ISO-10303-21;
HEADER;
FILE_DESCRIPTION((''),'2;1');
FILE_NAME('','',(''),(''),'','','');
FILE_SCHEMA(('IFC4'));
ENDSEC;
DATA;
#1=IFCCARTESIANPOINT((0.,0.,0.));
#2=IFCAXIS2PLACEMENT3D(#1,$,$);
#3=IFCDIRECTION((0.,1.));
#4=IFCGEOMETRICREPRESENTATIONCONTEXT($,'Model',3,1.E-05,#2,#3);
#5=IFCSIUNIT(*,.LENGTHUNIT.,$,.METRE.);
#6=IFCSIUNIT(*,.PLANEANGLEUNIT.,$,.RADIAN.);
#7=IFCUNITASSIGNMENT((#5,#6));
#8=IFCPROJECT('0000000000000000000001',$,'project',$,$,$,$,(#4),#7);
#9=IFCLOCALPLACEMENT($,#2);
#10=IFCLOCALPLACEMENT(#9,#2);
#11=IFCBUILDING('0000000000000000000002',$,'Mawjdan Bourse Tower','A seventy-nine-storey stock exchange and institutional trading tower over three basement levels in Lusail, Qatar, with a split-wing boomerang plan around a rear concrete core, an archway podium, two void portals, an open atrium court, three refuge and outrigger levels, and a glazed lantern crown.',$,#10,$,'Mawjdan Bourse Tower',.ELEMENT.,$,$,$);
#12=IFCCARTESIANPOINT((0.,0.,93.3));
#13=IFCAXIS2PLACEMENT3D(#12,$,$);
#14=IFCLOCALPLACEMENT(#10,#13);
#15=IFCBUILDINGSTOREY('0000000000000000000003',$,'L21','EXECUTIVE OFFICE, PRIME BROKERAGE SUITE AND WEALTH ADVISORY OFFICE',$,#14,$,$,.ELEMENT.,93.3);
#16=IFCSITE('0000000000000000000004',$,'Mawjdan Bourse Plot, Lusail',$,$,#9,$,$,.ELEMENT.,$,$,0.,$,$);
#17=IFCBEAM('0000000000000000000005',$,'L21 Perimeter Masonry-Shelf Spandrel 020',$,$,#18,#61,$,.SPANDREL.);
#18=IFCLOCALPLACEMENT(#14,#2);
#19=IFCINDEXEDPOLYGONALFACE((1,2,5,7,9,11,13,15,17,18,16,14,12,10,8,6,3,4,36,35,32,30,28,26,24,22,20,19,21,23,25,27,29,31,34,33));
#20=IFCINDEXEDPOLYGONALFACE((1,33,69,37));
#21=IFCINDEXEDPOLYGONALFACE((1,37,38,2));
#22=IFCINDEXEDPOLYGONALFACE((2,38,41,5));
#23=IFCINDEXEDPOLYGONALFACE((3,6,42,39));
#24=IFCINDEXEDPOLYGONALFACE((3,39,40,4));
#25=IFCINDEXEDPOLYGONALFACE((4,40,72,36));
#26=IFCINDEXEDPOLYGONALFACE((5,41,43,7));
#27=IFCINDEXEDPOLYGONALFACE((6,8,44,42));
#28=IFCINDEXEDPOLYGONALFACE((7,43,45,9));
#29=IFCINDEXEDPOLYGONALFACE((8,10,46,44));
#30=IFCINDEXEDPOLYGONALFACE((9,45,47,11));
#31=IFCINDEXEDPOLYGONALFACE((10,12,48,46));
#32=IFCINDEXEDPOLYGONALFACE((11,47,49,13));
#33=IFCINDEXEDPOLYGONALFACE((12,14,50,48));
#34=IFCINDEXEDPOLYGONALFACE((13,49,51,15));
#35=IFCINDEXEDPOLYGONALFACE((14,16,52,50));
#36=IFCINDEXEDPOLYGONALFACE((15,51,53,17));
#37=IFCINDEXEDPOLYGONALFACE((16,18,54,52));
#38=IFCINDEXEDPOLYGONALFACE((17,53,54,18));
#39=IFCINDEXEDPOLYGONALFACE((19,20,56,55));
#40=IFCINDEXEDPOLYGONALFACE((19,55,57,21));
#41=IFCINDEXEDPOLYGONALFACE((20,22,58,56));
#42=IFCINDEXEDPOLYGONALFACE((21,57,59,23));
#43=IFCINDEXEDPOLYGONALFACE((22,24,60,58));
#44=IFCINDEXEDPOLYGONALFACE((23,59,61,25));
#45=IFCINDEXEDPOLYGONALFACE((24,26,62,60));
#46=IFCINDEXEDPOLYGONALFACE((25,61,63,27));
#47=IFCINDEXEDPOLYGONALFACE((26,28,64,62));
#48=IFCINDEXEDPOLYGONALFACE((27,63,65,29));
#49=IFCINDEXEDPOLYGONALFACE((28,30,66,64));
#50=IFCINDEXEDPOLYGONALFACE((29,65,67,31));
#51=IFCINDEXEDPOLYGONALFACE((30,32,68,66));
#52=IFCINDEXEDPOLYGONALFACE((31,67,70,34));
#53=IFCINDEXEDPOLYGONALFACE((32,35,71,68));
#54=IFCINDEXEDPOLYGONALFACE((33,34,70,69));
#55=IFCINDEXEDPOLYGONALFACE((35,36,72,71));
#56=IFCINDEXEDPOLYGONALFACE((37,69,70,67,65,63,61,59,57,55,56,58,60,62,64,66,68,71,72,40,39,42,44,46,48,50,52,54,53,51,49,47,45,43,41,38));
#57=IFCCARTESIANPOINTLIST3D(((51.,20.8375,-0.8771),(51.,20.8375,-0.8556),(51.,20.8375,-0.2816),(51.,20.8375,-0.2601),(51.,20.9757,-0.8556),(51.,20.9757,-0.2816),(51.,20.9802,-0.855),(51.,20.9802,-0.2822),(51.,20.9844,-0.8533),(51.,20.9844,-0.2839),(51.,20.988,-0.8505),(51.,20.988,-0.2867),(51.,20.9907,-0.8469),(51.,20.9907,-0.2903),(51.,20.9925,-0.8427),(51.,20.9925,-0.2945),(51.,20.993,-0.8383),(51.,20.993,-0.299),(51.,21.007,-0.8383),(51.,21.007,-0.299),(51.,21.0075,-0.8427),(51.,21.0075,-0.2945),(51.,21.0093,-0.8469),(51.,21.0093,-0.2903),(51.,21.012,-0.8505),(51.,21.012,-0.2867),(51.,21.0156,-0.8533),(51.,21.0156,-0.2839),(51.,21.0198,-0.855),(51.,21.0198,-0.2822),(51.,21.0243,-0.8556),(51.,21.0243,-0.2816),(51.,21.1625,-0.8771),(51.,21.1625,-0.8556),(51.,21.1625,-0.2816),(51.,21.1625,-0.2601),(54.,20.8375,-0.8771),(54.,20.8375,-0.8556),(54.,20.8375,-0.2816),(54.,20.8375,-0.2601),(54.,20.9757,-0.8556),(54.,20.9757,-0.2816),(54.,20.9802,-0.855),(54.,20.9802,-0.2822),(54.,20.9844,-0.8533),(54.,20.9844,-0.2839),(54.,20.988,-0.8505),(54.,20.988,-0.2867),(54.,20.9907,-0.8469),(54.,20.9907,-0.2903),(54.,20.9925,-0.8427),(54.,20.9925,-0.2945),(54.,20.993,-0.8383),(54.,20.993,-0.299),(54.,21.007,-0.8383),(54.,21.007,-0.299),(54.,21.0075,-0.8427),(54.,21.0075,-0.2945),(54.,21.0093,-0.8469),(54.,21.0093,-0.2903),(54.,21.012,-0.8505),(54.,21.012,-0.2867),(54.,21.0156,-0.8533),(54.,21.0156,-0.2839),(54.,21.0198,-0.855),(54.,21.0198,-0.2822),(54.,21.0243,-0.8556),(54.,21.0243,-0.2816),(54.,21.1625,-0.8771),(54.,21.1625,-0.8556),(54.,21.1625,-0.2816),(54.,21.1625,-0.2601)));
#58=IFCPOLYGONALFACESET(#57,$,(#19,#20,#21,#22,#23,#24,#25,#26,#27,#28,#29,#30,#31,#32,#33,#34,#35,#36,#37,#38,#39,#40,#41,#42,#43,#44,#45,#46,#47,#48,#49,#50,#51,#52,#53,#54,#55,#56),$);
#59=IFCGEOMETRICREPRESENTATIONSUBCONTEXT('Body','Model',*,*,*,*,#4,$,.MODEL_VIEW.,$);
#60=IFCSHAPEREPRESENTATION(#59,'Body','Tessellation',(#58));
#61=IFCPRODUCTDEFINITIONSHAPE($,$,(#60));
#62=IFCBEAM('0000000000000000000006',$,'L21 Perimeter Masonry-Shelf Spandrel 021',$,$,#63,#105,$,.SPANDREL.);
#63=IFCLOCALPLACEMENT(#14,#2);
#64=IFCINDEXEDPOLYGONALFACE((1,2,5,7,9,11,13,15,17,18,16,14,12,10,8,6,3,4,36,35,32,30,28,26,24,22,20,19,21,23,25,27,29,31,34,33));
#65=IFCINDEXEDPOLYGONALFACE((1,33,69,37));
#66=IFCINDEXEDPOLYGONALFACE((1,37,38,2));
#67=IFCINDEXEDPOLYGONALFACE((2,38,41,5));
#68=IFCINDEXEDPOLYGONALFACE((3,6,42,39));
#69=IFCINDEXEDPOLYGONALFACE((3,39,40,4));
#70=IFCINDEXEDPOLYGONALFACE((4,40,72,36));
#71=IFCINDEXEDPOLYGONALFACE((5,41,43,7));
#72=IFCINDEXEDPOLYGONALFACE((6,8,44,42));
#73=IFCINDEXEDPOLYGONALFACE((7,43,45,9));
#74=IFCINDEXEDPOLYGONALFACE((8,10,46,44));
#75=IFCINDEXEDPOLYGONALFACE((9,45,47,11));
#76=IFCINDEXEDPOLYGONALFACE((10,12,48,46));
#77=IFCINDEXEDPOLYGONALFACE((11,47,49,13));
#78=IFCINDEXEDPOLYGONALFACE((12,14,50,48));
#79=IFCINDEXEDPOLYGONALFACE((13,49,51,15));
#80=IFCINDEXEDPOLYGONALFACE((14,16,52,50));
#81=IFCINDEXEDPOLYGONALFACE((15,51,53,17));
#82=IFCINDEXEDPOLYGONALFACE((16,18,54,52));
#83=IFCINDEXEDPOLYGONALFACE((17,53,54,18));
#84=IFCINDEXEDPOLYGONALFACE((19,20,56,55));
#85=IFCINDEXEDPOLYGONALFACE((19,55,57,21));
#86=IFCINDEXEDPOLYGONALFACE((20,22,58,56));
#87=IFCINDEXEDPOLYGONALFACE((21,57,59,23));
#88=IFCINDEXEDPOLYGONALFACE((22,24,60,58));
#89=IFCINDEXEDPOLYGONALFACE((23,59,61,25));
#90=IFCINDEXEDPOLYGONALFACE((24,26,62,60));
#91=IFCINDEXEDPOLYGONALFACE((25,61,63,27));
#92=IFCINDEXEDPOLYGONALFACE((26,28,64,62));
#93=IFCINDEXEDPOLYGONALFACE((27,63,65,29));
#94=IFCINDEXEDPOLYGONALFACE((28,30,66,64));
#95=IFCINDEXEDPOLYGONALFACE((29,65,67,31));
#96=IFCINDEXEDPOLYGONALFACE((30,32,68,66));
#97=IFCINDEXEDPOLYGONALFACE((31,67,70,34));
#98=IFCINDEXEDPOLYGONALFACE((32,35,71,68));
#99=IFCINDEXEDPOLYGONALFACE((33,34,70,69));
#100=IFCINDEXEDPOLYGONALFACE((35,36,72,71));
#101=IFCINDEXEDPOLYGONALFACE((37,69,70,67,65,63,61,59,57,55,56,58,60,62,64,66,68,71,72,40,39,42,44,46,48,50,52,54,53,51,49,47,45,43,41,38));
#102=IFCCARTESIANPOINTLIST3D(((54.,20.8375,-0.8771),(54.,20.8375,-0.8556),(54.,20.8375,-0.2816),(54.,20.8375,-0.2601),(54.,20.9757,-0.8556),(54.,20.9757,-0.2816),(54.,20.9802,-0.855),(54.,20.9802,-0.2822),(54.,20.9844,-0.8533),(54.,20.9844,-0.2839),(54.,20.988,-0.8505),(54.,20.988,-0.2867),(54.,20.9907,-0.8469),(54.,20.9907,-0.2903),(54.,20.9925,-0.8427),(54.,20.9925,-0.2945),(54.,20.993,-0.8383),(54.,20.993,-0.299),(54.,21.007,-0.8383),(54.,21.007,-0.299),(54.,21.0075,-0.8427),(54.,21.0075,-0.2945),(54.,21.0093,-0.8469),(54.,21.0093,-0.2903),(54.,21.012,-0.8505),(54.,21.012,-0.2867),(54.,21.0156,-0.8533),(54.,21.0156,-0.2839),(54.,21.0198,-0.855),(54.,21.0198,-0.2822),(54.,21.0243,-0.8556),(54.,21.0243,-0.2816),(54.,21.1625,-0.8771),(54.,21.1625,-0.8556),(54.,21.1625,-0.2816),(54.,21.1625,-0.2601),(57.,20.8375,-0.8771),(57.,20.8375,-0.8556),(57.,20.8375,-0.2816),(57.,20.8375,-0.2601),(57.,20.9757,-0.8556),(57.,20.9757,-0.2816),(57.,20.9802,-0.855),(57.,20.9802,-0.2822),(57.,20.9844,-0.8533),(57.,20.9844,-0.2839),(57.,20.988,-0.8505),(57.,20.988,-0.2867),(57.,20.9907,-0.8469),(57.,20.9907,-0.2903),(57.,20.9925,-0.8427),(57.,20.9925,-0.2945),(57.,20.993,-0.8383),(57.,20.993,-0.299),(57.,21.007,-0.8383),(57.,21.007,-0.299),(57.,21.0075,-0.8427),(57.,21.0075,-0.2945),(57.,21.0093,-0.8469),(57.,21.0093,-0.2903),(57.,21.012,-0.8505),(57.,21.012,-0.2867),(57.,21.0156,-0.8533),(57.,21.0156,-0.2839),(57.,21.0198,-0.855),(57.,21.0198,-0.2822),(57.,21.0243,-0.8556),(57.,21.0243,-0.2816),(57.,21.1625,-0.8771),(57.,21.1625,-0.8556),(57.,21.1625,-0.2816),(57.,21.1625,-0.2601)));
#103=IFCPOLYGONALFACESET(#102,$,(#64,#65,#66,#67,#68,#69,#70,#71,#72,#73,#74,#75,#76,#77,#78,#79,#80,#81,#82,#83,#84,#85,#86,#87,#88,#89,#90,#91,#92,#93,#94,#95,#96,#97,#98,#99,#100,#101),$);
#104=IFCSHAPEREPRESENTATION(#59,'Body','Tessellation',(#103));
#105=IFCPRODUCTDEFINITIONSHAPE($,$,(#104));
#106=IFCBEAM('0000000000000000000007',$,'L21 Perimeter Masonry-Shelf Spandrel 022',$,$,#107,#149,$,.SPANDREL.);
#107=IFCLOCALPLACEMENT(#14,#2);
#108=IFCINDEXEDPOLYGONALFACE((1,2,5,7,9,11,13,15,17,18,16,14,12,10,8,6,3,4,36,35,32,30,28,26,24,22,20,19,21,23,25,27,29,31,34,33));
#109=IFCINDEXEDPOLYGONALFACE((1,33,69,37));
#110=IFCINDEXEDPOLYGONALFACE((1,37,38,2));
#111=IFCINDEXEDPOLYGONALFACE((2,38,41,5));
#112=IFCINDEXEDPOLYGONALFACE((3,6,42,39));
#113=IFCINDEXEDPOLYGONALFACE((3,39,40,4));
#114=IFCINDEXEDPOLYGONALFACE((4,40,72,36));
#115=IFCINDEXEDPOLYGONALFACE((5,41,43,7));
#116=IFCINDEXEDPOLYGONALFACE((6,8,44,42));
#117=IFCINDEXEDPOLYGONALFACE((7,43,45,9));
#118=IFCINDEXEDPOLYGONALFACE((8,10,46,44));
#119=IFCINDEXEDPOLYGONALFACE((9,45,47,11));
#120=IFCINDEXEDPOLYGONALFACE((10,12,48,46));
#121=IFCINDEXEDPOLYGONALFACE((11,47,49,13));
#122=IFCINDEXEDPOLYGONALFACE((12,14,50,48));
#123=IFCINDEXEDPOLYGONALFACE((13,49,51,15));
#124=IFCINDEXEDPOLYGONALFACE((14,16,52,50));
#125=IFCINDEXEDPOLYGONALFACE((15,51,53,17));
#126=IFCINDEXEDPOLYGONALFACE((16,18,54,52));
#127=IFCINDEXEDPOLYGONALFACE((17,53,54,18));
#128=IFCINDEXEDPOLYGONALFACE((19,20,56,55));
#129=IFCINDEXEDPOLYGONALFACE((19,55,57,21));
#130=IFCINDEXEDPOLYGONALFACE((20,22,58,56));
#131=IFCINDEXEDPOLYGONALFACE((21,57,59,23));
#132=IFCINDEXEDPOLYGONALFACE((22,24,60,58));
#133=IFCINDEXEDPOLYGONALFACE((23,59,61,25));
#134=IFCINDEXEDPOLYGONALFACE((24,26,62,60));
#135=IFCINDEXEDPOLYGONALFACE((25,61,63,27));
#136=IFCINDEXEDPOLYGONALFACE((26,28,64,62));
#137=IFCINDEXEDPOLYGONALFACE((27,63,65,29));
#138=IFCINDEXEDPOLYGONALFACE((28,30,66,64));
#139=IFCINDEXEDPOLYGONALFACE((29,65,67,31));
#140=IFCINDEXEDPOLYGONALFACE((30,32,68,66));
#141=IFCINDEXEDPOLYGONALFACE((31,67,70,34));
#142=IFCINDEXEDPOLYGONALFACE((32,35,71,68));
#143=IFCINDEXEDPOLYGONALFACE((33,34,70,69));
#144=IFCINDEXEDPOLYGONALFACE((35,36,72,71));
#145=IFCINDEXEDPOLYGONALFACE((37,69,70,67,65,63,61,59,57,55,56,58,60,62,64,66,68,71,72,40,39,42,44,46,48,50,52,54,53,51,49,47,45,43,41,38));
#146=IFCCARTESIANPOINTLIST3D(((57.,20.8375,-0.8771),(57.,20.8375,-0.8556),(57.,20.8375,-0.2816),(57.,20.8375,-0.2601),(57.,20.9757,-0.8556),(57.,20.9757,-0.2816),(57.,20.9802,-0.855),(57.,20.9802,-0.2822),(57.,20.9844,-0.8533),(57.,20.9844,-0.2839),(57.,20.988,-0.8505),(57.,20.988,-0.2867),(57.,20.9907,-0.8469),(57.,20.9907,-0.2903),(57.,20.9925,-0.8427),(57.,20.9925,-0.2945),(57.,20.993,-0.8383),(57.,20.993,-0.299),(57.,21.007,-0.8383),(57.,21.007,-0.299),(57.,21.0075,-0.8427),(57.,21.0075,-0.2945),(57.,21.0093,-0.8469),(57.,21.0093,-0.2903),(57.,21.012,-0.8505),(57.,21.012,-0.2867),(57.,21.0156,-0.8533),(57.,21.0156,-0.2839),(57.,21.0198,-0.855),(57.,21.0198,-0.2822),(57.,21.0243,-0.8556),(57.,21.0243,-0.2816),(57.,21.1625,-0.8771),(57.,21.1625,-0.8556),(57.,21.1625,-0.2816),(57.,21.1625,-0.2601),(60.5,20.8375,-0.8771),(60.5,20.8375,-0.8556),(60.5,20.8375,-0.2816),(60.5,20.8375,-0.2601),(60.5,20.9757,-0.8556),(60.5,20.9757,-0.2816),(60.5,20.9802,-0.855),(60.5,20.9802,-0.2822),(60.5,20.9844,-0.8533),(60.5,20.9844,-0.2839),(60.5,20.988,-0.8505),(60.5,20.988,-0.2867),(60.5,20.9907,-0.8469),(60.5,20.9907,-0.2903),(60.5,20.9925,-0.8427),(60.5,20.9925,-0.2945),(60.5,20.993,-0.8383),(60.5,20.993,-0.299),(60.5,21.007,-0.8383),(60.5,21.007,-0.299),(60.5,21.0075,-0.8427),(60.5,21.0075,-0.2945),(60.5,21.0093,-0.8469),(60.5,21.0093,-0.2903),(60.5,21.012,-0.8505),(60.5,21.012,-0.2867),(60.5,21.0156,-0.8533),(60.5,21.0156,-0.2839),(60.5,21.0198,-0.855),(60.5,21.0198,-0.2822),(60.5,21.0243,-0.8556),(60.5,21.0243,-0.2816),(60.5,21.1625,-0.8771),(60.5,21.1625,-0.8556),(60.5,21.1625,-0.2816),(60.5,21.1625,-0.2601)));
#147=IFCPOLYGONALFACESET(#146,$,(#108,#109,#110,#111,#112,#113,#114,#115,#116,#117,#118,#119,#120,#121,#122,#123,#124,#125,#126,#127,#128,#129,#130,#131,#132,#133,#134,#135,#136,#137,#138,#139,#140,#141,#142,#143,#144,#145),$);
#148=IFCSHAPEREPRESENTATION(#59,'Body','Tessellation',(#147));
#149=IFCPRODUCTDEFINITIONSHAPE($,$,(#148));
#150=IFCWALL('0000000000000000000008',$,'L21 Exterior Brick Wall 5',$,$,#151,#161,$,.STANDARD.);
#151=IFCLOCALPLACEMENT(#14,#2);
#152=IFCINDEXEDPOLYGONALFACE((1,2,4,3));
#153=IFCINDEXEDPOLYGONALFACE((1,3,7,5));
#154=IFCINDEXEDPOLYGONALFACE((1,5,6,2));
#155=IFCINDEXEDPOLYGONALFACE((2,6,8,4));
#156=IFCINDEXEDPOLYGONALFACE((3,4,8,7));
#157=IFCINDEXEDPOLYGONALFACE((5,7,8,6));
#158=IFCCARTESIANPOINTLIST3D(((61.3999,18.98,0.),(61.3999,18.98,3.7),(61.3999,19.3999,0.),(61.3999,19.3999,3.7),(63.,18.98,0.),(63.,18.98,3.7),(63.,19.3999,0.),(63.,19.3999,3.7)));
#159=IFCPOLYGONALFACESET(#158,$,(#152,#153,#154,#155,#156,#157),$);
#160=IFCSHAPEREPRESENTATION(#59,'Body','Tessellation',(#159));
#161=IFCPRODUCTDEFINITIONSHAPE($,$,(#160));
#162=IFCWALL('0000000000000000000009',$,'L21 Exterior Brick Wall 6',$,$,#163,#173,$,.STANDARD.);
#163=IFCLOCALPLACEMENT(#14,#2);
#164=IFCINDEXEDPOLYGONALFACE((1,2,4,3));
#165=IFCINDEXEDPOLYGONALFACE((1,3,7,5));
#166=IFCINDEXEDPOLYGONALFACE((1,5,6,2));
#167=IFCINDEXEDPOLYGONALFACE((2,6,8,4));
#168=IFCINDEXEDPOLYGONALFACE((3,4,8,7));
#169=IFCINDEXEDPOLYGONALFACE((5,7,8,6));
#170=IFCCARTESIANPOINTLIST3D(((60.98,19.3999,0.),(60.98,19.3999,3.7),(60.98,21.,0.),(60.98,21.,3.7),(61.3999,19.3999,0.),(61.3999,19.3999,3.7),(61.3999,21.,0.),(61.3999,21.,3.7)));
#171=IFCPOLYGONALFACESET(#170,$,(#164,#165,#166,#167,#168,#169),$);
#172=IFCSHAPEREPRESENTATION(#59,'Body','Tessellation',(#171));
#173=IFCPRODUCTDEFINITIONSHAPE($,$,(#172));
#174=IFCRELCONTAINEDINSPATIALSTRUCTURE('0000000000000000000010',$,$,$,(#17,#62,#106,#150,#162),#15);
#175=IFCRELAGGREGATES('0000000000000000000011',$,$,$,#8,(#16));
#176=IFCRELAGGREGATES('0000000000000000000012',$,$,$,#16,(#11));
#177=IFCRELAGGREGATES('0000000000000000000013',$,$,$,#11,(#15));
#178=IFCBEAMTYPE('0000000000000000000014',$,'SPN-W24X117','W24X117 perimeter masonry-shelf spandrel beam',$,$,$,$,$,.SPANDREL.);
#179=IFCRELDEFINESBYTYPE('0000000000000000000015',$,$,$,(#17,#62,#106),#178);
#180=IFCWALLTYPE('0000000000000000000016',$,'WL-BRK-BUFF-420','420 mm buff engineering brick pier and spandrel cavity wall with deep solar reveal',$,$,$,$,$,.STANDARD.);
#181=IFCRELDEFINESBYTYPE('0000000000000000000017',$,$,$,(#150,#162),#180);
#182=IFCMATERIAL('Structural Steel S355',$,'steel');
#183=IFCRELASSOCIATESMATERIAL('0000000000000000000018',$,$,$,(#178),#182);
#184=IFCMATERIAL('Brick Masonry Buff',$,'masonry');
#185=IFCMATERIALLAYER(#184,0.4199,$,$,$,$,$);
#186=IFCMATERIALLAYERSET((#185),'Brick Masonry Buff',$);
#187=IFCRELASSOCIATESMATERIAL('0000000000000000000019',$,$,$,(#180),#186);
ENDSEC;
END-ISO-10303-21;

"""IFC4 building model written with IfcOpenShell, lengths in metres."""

from ifc_helpers import new_model, si_unit, direction, frame, frame_2d, origin, origin_2d, place, context, subcontext, project, spatial, rectangle, i_section, extrude, material, layer, layer_set, material_profile, profile_set, type_object, element, save


model = new_model("IFC4")

# Units and contexts
model_context = context("Model", 3, precision=1e-05, world=origin(), true_north=direction((0.0, 1.0)))
body_context = subcontext(model_context, "Body", "Model", "MODEL_VIEW")
ifc_project = project(units=[si_unit("LENGTHUNIT", "METRE"), si_unit("PLANEANGLEUNIT", "RADIAN")], contexts=[model_context])

# Site, building, storey
site_placement = place(None, origin())
site = spatial("IfcSite", under=ifc_project, at=site_placement, Name="Mawjdan Bourse Plot, Lusail", CompositionType="ELEMENT", RefElevation=0.0)
building_placement = place(site_placement, origin())
building = spatial("IfcBuilding", under=site, at=building_placement, Name="Mawjdan Bourse Tower", Description="A seventy-nine-storey stock exchange and institutional trading tower over three basement levels in Lusail, Qatar, with a split-wing boomerang plan around a rear concrete core, an archway podium, two void portals, an open atrium court, three refuge and outrigger levels, and a glazed lantern crown.", LongName="Mawjdan Bourse Tower", CompositionType="ELEMENT")
storey_placement = place(building_placement, frame((0.0, 0.0, 93.3)))
storey = spatial("IfcBuildingStorey", under=building, at=storey_placement, Name="L21", Description="EXECUTIVE OFFICE, PRIME BROKERAGE SUITE AND WEALTH ADVISORY OFFICE", CompositionType="ELEMENT", Elevation=93.3)

# Beams
ifc_material_1 = material(Name="Structural Steel S355", Category="steel")
ifc_material_profile_1 = material_profile(ifc_material_1, i_section(OverallWidth=0.325, OverallDepth=0.6169, WebThickness=0.0139, FlangeThickness=0.0215, FilletRadius=0.0173, at=origin_2d()), Name="W24X117")
ifc_profile_set_1 = profile_set([ifc_material_profile_1], Name="Structural Steel S355")
beam_type_1 = type_object("IfcBeamType", Name="SPN-W24X117", Description="W24X117 perimeter masonry-shelf spandrel beam", PredefinedType="SPANDREL", material=ifc_profile_set_1)
for number, where, z_axis, x_axis, name in (
    (1, (51.0, 21.0, -0.5686), (1.0, 0.0, 0.0), (0.0, 1.0, 0.0), "L21 Perimeter Masonry-Shelf Spandrel 020"),
    (2, (54.0, 21.0, -0.5686), (1.0, 0.0, 0.0), (0.0, 1.0, 0.0), "L21 Perimeter Masonry-Shelf Spandrel 021"),
):
    element("IfcBeam", number, at=place(storey_placement, frame(where, z_axis=z_axis, x_axis=x_axis)), inside=storey, type_object=beam_type_1, Name=name, PredefinedType="SPANDREL", context=body_context, shape_type="SweptSolid", body=[
        extrude(i_section(OverallWidth=0.325, OverallDepth=0.6169, WebThickness=0.0139, FlangeThickness=0.0215, FilletRadius=0.0173, at=origin_2d()), origin(), (0.0, 0.0, 1.0), 3.0),
    ])
beam_1_placement = place(storey_placement, frame((57.0, 21.0, -0.5686), z_axis=(1.0, 0.0, 0.0), x_axis=(0.0, 1.0, 0.0)))
element("IfcBeam", 3, at=beam_1_placement, inside=storey, type_object=beam_type_1, Name="L21 Perimeter Masonry-Shelf Spandrel 022", PredefinedType="SPANDREL", context=body_context, shape_type="SweptSolid", body=[
    extrude(i_section(OverallWidth=0.325, OverallDepth=0.6169, WebThickness=0.0139, FlangeThickness=0.0215, FilletRadius=0.0173, at=origin_2d()), origin(), (0.0, 0.0, 1.0), 3.5),
])

# Walls
ifc_material_2 = material(Name="Brick Masonry Buff", Category="masonry")
ifc_layer_1 = layer(ifc_material_2, 0.4199)
ifc_layer_set_1 = layer_set([ifc_layer_1], Name="Brick Masonry Buff")
wall_type_1 = type_object("IfcWallType", Name="WL-BRK-BUFF-420", Description="420 mm buff engineering brick pier and spandrel cavity wall with deep solar reveal", PredefinedType="STANDARD", material=ifc_layer_set_1)
for number, where, z_axis, x_axis, name in (
    (4, (63.0, 19.1899, 0.0), (0.0, 0.0, 1.0), (-1.0, 0.0, 0.0), "L21 Exterior Brick Wall 5"),
    (5, (61.1899, 19.3999, 0.0), (0.0, 0.0, 1.0), (0.0, 1.0, 0.0), "L21 Exterior Brick Wall 6"),
):
    element("IfcWall", number, at=place(storey_placement, frame(where, z_axis=z_axis, x_axis=x_axis)), inside=storey, type_object=wall_type_1, Name=name, PredefinedType="STANDARD", context=body_context, shape_type="SweptSolid", body=[
        extrude(rectangle(XDim=1.6001, YDim=0.4199, at=frame_2d((0.8, 0.0))), origin(), (0.0, 0.0, 1.0), 3.7),
    ])

save(model, "model.ifc")
